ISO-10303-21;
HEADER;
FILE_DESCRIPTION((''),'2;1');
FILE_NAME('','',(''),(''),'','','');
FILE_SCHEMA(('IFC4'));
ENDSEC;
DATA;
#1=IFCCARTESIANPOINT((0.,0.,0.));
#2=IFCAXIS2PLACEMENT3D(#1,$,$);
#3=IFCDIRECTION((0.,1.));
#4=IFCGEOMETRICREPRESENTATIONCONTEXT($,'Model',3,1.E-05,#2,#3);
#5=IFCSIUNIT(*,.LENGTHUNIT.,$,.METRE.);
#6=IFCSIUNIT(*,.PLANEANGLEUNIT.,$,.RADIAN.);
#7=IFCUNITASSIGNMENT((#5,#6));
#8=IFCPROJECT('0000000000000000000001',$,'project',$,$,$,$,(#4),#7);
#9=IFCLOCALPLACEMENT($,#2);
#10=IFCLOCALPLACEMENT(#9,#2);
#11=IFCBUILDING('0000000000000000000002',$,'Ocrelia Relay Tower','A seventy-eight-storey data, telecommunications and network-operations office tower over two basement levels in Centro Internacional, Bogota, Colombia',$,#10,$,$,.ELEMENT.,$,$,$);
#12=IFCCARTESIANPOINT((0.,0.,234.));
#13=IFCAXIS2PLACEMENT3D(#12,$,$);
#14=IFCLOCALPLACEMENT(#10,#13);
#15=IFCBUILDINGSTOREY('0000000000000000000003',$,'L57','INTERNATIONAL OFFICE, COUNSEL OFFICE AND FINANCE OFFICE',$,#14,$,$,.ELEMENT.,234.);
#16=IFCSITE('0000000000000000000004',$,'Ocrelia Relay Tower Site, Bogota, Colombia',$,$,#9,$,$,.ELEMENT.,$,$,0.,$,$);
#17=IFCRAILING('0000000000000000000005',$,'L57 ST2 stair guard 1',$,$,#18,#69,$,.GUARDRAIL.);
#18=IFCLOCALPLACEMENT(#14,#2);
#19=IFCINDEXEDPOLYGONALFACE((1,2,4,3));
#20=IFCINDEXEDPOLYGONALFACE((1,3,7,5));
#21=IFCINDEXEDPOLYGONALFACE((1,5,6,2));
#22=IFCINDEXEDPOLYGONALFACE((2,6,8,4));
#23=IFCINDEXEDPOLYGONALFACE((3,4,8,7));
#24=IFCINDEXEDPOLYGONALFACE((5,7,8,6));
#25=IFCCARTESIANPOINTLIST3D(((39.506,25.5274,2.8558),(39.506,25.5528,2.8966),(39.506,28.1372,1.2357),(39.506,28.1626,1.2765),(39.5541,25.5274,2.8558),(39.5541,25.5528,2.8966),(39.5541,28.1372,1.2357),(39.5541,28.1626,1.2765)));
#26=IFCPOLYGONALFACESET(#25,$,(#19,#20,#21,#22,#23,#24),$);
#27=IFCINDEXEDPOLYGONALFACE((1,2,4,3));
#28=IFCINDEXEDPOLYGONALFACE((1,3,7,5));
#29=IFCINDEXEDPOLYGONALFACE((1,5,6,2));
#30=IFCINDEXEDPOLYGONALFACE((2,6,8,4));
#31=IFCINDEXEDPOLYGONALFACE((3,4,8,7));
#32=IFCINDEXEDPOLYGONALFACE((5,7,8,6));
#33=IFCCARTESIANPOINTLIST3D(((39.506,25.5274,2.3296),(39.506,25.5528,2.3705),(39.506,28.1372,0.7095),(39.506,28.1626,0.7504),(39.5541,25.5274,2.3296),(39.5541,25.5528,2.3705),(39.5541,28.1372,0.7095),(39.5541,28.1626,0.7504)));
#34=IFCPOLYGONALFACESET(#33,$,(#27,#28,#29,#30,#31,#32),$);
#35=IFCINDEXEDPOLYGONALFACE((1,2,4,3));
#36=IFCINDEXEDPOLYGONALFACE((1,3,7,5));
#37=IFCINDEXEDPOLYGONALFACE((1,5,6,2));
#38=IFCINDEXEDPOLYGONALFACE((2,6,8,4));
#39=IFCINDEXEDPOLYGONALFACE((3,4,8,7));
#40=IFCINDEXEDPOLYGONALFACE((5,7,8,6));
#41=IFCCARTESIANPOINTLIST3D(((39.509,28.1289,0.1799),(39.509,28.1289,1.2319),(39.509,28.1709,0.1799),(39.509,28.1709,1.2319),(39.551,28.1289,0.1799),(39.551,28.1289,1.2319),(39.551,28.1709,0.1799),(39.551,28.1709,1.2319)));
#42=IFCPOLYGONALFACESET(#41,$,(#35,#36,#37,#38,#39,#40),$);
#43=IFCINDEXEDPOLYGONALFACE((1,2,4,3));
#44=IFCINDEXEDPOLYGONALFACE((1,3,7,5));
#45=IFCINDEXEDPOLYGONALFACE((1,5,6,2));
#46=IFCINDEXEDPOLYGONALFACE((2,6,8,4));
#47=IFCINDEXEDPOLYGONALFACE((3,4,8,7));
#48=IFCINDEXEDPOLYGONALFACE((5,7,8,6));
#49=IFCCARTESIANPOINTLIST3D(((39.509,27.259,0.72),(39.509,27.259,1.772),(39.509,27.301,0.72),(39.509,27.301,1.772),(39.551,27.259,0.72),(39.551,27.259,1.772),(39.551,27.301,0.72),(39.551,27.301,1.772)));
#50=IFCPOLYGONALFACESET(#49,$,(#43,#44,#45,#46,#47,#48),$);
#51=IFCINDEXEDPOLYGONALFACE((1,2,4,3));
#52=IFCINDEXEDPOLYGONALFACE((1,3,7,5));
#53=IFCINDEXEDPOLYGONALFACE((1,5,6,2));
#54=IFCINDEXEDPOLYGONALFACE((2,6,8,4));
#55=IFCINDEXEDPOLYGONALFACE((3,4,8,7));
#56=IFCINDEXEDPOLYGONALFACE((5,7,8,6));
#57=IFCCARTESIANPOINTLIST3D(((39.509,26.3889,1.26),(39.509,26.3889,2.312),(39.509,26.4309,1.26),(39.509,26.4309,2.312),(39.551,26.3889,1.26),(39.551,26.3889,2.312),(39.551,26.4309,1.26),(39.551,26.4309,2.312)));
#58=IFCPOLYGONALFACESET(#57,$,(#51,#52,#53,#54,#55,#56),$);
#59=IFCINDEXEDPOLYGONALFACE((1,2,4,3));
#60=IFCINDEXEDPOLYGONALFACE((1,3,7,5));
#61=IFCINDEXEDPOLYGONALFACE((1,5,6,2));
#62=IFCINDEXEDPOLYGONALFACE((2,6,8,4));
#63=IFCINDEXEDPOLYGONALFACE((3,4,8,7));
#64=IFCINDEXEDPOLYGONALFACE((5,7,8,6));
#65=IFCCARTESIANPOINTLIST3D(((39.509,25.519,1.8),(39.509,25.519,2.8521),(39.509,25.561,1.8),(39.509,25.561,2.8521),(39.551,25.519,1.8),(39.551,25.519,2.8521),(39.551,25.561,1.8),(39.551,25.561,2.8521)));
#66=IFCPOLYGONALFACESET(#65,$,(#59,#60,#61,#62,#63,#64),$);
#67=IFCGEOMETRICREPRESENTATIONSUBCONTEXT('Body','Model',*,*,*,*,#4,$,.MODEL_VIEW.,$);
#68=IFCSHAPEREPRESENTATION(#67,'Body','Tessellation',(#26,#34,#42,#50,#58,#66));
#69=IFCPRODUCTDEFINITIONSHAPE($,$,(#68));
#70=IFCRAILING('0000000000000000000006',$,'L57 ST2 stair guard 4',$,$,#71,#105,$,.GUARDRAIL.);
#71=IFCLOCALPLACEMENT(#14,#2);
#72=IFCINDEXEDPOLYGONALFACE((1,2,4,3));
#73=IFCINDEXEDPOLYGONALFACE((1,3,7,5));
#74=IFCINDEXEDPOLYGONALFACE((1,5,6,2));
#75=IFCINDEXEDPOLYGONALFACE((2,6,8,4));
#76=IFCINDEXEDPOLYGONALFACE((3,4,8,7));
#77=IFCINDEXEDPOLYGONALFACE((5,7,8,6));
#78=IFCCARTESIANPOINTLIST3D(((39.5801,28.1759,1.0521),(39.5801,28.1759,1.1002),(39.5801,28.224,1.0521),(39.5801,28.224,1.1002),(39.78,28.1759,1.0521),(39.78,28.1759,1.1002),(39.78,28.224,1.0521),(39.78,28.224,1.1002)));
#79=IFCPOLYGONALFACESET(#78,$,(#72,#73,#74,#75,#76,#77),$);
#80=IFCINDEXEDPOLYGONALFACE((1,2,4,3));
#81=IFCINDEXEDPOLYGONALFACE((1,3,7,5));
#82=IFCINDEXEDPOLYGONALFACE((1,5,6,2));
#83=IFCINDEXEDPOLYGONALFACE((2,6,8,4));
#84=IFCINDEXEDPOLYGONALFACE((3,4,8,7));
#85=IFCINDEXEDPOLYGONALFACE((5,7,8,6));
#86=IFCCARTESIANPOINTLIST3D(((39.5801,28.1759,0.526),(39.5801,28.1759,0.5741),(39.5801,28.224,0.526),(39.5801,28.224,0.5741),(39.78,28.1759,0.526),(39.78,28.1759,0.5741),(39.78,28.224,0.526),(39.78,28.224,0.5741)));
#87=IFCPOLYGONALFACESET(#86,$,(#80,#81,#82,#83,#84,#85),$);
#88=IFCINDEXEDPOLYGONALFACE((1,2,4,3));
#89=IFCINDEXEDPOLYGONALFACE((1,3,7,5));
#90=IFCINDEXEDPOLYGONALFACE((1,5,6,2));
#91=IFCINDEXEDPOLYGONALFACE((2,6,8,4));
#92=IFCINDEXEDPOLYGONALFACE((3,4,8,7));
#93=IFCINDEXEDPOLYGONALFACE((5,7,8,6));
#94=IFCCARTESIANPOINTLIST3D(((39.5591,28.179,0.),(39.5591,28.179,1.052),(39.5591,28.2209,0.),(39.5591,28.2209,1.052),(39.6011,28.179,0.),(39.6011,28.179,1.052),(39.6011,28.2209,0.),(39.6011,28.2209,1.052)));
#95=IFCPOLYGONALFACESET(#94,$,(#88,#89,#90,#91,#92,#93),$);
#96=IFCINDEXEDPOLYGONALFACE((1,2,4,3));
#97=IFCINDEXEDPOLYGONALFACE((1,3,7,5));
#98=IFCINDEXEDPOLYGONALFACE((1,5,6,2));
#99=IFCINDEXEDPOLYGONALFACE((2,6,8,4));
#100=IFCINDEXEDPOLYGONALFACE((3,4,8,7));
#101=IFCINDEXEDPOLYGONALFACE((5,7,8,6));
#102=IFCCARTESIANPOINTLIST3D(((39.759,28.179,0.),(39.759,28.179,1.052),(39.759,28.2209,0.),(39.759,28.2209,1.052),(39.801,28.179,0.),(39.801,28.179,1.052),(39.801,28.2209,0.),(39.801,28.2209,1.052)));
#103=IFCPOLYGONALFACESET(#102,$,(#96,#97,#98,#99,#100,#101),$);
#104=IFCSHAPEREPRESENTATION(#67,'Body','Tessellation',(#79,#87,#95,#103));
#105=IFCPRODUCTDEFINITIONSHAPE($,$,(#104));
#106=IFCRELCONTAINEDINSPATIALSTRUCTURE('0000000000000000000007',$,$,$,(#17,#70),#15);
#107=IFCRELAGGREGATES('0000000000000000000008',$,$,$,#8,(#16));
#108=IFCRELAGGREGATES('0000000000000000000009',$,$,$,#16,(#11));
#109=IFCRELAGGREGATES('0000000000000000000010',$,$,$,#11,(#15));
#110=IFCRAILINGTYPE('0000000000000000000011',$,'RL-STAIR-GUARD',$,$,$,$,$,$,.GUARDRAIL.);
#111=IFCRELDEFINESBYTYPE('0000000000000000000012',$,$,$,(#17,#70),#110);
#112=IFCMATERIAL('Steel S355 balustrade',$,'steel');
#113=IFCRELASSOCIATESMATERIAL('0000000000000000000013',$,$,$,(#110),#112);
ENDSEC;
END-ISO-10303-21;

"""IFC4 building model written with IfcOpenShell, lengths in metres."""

from ifc_helpers import new_model, si_unit, direction, frame, origin, origin_2d, place, context, subcontext, project, spatial, rectangle, extrude, material, type_object, element, save


model = new_model("IFC4")

# Units and contexts
model_context = context("Model", 3, precision=1e-05, world=origin(), true_north=direction((0.0, 1.0)))
body_context = subcontext(model_context, "Body", "Model", "MODEL_VIEW")
ifc_project = project(units=[si_unit("LENGTHUNIT", "METRE"), si_unit("PLANEANGLEUNIT", "RADIAN")], contexts=[model_context])

# Site, building, storey
site_placement = place(None, origin())
site = spatial("IfcSite", under=ifc_project, at=site_placement, Name="Ocrelia Relay Tower Site, Bogota, Colombia", CompositionType="ELEMENT", RefElevation=0.0)
building_placement = place(site_placement, origin())
building = spatial("IfcBuilding", under=site, at=building_placement, Name="Ocrelia Relay Tower", Description="A seventy-eight-storey data, telecommunications and network-operations office tower over two basement levels in Centro Internacional, Bogota, Colombia", CompositionType="ELEMENT")
storey_placement = place(building_placement, frame((0.0, 0.0, 234.0)))
storey = spatial("IfcBuildingStorey", under=building, at=storey_placement, Name="L57", Description="INTERNATIONAL OFFICE, COUNSEL OFFICE AND FINANCE OFFICE", CompositionType="ELEMENT", Elevation=234.0)

# Railings
ifc_material_1 = material(Name="Steel S355 balustrade", Category="steel")
railing_type = type_object("IfcRailingType", Name="RL-STAIR-GUARD", PredefinedType="GUARDRAIL", material=ifc_material_1)
railing_1_placement = place(storey_placement, frame((39.53, 28.1499, 0.1799)))
element("IfcRailing", 1, at=railing_1_placement, inside=storey, type_object=railing_type, Name="L57 ST2 stair guard 1", PredefinedType="GUARDRAIL", context=body_context, shape_type="SweptSolid", body=[
    extrude(rectangle(XDim=0.0481, YDim=0.0481, at=origin_2d()), frame((0.0, 0.0, 1.0762), z_axis=(0.0, -0.849611, 0.52741), x_axis=(1.0, 0.0, 0.0)), (0.0, 0.0, 1.0), 3.0718),
    extrude(rectangle(XDim=0.0481, YDim=0.0481, at=origin_2d()), frame((0.0, 0.0, 0.55), z_axis=(0.0, -0.849611, 0.52741), x_axis=(1.0, 0.0, 0.0)), (0.0, 0.0, 1.0), 3.0718),
    extrude(rectangle(XDim=0.042, YDim=0.042, at=origin_2d()), origin(), (0.0, 0.0, 1.0), 1.052),
    extrude(rectangle(XDim=0.042, YDim=0.042, at=origin_2d()), frame((0.0, -0.8699, 0.54)), (0.0, 0.0, 1.0), 1.052),
    extrude(rectangle(XDim=0.042, YDim=0.042, at=origin_2d()), frame((0.0, -1.74, 1.0801)), (0.0, 0.0, 1.0), 1.052),
    extrude(rectangle(XDim=0.042, YDim=0.042, at=origin_2d()), frame((0.0, -2.6099, 1.6201)), (0.0, 0.0, 1.0), 1.052),
])
railing_2_placement = place(storey_placement, frame((39.5801, 28.2, 0.0)))
element("IfcRailing", 2, at=railing_2_placement, inside=storey, type_object=railing_type, Name="L57 ST2 stair guard 4", PredefinedType="GUARDRAIL", context=body_context, shape_type="SweptSolid", body=[
    extrude(rectangle(XDim=0.0481, YDim=0.0481, at=origin_2d()), frame((0.0, 0.0, 1.0762), z_axis=(1.0, 0.0, 0.0), x_axis=(0.0, 1.0, 0.0)), (0.0, 0.0, 1.0), 0.2),
    extrude(rectangle(XDim=0.0481, YDim=0.0481, at=origin_2d()), frame((0.0, 0.0, 0.55), z_axis=(1.0, 0.0, 0.0), x_axis=(0.0, 1.0, 0.0)), (0.0, 0.0, 1.0), 0.2),
    extrude(rectangle(XDim=0.042, YDim=0.042, at=origin_2d()), origin(), (0.0, 0.0, 1.0), 1.052),
    extrude(rectangle(XDim=0.042, YDim=0.042, at=origin_2d()), frame((0.2, 0.0, 0.0)), (0.0, 0.0, 1.0), 1.052),
])

save(model, "model.ifc")
